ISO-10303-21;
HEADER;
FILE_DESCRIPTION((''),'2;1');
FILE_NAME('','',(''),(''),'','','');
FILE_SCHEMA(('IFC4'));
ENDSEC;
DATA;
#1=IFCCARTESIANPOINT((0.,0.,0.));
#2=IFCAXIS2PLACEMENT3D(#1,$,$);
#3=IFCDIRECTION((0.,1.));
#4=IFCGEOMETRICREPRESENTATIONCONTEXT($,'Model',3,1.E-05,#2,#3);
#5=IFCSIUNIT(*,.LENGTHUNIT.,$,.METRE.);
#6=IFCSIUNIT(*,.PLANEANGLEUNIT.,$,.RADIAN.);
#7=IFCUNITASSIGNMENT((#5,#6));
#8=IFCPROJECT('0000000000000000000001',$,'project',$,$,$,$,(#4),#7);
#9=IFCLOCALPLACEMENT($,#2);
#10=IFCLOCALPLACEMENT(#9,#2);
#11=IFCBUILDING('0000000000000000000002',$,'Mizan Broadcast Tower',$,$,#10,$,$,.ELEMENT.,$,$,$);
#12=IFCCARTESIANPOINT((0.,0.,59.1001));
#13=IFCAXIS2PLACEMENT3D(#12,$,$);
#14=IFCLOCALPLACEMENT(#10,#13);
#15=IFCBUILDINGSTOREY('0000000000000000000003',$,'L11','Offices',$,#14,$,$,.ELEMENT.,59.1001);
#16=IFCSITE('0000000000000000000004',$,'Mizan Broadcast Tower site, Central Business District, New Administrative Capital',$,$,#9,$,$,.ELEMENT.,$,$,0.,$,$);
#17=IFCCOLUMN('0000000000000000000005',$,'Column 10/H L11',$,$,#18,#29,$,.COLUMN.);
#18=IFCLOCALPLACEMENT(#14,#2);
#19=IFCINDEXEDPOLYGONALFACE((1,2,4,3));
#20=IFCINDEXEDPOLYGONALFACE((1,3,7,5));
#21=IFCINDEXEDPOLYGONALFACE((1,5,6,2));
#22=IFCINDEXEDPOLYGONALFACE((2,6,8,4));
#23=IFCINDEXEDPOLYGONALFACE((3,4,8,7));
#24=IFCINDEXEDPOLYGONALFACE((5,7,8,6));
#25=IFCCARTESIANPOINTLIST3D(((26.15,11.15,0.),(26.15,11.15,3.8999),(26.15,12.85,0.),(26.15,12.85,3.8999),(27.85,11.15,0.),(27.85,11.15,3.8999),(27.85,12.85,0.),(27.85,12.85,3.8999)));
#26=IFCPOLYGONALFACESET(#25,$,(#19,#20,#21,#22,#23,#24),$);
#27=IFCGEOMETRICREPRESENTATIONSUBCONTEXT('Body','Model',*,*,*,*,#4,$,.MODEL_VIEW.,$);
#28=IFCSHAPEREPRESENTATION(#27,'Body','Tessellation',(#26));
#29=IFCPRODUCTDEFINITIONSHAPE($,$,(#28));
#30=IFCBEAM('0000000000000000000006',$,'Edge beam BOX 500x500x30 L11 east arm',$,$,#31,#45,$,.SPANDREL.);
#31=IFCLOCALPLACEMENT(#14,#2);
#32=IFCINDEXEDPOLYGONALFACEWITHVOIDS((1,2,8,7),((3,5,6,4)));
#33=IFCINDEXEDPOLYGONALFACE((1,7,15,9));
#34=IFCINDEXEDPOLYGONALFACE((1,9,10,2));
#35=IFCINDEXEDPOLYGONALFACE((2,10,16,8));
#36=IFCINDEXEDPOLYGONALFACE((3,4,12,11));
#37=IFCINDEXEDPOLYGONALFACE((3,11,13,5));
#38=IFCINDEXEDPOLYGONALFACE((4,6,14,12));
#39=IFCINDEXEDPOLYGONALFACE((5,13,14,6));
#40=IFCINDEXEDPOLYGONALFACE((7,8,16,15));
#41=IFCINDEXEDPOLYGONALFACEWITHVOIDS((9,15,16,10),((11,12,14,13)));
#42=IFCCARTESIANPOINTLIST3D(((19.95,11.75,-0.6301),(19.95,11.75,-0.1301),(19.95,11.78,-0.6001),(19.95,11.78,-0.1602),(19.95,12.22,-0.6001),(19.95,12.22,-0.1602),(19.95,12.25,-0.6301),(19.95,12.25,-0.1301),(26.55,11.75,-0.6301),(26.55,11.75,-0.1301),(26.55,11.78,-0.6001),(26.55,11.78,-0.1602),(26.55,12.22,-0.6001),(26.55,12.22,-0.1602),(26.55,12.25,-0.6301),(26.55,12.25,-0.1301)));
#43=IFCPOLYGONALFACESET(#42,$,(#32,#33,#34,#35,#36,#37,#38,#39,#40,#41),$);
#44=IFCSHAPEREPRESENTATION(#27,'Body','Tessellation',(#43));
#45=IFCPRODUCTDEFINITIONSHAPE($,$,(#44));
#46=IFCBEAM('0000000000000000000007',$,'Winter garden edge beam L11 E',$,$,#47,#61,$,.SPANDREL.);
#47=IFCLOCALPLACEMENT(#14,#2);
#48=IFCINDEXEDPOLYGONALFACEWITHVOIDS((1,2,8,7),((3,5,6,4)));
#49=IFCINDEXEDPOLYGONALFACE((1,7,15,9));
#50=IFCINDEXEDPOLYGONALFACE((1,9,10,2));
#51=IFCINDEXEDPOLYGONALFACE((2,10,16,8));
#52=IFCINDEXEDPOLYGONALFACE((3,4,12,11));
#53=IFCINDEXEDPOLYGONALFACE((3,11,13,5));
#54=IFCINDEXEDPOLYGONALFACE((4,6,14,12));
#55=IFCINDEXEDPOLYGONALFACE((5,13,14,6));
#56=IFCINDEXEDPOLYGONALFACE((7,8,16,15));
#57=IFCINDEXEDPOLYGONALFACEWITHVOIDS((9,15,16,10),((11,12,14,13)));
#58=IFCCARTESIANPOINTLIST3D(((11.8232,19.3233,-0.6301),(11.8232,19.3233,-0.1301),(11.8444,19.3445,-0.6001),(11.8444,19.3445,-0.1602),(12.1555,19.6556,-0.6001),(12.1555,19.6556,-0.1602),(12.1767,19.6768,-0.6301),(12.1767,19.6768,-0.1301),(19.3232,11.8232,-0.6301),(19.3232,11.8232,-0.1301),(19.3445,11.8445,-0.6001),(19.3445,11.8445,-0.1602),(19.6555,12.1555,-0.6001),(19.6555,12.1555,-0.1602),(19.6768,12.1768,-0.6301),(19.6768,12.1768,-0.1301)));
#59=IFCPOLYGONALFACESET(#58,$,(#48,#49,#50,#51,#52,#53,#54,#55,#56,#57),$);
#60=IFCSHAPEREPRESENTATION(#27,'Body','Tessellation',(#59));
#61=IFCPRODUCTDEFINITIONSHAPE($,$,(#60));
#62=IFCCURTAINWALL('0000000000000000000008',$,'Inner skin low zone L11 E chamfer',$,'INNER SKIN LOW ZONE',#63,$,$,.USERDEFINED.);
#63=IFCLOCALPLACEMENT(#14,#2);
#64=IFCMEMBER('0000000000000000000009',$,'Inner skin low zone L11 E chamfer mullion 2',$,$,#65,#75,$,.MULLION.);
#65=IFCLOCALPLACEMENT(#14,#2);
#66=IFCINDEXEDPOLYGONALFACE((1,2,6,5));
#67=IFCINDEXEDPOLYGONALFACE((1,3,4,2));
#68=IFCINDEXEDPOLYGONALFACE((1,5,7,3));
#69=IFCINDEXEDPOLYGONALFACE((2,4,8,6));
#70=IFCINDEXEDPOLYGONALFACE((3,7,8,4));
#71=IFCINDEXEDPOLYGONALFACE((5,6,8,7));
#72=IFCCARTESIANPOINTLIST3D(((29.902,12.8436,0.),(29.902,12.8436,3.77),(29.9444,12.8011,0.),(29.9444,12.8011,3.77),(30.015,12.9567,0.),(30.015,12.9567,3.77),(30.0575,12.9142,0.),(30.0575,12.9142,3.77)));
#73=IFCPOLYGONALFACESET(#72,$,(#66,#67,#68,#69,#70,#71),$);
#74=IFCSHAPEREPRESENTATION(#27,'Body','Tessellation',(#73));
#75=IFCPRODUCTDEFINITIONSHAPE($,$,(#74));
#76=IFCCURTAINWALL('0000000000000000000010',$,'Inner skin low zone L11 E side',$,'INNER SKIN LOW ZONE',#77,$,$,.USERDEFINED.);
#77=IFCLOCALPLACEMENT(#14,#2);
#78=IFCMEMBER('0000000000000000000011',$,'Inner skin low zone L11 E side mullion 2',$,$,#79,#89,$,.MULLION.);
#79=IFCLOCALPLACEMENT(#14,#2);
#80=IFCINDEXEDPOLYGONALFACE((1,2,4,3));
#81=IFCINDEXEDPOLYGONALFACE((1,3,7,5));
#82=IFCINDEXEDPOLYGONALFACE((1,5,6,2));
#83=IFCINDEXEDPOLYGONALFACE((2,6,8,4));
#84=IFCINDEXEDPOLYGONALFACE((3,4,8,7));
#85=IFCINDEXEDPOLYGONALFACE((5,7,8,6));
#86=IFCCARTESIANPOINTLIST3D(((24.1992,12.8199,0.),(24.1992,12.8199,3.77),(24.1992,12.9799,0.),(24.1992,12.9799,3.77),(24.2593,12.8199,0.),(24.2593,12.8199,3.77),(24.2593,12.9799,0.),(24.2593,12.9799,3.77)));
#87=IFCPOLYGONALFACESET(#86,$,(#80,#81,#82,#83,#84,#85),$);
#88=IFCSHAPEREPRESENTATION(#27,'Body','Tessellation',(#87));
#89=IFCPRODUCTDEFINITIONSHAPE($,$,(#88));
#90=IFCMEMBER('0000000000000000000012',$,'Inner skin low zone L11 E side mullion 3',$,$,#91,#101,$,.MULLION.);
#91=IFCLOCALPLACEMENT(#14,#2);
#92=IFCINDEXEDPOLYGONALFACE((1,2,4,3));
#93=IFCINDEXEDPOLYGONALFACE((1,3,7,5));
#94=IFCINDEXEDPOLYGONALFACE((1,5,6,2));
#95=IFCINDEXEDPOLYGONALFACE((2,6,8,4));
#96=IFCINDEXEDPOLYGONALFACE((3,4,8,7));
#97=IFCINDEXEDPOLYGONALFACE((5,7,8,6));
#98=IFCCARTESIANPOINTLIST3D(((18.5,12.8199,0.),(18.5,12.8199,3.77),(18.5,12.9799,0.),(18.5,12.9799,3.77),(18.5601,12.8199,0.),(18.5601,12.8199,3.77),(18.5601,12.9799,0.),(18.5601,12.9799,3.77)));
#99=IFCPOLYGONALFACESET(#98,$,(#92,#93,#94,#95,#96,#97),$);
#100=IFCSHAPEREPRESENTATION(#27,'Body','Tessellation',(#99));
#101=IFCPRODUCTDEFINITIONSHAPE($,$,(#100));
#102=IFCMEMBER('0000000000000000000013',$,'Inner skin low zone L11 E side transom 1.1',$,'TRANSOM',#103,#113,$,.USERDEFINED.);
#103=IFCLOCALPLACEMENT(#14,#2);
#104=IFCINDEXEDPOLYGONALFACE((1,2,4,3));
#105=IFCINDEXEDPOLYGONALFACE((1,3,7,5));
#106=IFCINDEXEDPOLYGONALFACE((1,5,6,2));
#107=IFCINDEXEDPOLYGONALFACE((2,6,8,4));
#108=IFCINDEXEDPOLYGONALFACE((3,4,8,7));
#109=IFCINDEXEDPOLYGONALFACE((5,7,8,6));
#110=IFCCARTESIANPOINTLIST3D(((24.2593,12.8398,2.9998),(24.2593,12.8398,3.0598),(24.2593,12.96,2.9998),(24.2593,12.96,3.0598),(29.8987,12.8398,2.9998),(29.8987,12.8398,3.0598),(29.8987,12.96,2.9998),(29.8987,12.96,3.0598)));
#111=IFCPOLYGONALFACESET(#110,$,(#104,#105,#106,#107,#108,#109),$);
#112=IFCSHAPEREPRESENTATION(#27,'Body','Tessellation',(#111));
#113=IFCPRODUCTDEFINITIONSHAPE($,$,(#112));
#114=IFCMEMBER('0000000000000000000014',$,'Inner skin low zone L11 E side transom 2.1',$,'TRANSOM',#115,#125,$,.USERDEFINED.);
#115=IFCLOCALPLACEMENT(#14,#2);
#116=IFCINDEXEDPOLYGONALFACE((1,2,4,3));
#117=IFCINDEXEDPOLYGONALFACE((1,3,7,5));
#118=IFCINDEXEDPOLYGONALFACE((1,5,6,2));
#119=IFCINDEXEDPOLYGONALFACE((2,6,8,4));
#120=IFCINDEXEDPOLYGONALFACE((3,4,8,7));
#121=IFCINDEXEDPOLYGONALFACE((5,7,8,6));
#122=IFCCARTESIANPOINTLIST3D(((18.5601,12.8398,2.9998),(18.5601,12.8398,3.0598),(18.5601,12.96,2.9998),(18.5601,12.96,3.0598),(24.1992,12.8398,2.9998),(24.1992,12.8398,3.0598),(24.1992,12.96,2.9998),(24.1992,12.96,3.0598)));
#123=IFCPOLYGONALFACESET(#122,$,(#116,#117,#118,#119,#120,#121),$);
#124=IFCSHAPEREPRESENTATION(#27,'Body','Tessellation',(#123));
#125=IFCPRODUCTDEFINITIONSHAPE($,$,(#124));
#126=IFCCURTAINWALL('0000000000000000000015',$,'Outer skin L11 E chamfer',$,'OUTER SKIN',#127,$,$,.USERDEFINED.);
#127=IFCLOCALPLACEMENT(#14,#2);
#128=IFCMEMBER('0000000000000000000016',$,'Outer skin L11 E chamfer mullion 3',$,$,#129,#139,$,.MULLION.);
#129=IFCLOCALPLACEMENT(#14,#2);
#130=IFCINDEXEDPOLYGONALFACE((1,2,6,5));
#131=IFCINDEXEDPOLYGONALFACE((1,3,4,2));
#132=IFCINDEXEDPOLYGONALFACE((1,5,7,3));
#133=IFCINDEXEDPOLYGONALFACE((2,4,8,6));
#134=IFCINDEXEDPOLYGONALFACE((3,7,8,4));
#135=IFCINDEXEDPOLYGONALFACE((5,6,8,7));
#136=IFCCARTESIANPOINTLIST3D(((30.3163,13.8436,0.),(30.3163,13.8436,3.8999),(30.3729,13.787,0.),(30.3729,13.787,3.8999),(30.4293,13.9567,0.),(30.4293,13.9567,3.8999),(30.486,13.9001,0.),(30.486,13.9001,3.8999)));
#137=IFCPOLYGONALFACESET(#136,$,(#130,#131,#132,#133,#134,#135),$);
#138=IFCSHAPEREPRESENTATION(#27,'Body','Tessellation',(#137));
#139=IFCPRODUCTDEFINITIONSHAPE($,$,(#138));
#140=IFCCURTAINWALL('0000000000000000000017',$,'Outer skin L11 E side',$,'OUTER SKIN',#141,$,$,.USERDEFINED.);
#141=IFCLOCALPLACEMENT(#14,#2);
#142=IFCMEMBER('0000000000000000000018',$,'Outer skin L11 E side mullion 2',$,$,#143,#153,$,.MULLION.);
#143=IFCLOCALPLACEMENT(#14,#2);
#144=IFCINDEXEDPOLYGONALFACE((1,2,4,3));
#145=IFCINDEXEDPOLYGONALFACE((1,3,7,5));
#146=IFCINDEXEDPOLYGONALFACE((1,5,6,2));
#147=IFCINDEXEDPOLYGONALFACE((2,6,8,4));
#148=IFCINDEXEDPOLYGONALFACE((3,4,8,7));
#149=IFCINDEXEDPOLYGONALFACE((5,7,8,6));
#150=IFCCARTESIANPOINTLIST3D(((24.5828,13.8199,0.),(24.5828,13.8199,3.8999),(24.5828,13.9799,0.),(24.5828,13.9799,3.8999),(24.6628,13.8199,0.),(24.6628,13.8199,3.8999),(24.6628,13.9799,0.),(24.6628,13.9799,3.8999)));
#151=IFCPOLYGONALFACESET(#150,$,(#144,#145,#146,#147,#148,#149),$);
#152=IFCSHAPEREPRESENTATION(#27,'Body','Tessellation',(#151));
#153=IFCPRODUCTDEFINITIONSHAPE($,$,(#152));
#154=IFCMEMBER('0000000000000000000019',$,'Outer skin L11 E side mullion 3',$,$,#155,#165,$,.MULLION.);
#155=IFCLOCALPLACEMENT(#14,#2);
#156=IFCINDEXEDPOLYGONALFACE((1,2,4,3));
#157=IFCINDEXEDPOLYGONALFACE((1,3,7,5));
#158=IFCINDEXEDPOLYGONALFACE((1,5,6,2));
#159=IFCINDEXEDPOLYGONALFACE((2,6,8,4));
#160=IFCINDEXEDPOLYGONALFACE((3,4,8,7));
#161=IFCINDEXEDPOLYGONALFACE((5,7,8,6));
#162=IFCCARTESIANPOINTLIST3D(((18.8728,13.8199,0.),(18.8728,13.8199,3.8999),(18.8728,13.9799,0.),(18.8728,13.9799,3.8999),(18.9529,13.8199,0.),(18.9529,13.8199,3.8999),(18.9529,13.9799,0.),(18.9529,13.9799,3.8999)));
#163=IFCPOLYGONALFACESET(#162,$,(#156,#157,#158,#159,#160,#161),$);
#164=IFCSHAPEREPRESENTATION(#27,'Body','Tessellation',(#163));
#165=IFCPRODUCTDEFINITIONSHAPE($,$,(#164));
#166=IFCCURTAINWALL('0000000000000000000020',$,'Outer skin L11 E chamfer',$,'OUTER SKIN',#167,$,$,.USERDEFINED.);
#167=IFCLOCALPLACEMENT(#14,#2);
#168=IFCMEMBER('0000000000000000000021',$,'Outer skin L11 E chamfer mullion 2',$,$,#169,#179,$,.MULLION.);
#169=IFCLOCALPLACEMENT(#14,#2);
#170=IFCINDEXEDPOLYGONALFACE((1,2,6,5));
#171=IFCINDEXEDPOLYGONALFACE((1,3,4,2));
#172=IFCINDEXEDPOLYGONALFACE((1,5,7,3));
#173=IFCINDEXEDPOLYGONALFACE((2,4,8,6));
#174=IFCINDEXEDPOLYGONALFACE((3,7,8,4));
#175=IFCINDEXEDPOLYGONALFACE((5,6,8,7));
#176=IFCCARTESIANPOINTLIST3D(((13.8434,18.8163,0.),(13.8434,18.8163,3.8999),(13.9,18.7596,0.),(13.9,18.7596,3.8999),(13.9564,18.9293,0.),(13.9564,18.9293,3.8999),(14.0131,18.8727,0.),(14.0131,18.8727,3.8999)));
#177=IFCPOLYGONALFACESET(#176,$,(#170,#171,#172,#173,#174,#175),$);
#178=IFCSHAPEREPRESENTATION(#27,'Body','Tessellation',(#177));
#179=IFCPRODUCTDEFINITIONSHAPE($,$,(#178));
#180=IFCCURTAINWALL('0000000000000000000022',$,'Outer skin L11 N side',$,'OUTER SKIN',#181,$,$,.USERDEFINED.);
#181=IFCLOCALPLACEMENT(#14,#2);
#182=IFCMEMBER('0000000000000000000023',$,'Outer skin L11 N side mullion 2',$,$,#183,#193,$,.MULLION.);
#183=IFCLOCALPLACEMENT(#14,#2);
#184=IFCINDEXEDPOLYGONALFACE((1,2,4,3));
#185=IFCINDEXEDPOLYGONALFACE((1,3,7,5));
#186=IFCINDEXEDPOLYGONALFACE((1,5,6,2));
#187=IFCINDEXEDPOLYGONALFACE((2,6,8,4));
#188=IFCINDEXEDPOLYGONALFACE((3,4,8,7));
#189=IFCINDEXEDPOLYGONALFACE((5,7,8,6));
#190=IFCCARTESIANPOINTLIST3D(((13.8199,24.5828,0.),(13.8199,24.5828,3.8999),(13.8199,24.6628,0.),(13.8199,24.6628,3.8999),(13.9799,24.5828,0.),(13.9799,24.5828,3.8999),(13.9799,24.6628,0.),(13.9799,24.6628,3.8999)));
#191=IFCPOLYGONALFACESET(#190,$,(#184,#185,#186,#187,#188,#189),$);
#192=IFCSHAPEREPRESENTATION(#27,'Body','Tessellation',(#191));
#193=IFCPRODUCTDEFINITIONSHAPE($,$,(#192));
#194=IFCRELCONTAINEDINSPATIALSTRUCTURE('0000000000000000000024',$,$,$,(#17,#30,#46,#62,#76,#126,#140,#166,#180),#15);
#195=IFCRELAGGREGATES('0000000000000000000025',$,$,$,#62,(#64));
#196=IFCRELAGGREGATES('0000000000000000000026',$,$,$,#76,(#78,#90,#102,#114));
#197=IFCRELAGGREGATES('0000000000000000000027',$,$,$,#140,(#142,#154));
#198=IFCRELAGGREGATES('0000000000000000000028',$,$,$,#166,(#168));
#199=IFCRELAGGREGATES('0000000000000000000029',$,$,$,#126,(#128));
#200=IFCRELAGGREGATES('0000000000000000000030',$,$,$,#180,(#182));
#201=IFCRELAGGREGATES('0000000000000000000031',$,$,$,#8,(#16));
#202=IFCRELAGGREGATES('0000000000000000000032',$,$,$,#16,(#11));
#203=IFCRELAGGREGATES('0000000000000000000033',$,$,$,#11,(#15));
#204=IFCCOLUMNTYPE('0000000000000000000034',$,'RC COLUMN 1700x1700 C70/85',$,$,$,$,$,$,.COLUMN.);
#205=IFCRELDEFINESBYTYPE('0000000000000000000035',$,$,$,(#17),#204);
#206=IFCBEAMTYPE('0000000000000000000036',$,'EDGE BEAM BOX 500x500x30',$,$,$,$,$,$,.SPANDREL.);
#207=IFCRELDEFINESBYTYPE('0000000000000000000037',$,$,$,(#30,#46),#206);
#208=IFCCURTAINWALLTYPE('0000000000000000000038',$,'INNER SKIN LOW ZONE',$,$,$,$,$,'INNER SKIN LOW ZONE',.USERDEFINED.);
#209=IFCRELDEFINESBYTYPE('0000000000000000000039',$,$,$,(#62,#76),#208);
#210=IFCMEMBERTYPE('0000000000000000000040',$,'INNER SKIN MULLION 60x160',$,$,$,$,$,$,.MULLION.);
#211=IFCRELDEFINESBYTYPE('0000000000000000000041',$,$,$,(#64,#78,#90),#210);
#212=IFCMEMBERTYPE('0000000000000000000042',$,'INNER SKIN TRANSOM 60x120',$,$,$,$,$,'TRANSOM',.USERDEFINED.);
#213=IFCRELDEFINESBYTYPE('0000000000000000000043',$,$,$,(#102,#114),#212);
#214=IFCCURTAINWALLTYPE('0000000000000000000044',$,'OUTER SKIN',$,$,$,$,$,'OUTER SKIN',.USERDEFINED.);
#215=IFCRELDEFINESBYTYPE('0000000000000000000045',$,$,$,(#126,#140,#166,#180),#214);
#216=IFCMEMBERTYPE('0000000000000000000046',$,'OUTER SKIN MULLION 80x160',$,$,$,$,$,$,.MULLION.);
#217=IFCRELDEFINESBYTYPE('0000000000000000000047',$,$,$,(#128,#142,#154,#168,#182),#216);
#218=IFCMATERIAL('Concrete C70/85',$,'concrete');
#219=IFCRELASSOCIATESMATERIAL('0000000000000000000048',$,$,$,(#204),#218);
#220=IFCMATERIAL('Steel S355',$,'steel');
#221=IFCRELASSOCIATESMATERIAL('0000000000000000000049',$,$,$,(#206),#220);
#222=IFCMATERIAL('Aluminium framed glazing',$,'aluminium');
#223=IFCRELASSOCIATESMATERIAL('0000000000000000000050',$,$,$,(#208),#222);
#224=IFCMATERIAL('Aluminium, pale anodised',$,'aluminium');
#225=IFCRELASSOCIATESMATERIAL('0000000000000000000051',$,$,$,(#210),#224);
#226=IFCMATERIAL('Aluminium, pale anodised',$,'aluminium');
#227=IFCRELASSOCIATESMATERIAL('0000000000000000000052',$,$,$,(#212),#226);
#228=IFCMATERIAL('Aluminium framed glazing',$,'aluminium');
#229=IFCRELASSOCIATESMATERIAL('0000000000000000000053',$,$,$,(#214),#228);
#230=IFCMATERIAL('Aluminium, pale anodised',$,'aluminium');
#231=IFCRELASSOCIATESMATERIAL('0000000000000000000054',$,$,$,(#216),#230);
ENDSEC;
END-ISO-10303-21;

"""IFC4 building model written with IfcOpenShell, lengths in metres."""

from ifc_helpers import new_model, si_unit, direction, frame, origin, origin_2d, place, context, subcontext, project, spatial, rectangle, hollow_rectangle, extrude, material, material_profile, profile_set, type_object, element, aggregate, save


model = new_model("IFC4")

# Units and contexts
model_context = context("Model", 3, precision=1e-05, world=origin(), true_north=direction((0.0, 1.0)))
body_context = subcontext(model_context, "Body", "Model", "MODEL_VIEW")
ifc_project = project(units=[si_unit("LENGTHUNIT", "METRE"), si_unit("PLANEANGLEUNIT", "RADIAN")], contexts=[model_context])

# Site, building, storey
site_placement = place(None, origin())
site = spatial("IfcSite", under=ifc_project, at=site_placement, Name="Mizan Broadcast Tower site, Central Business District, New Administrative Capital", CompositionType="ELEMENT", RefElevation=0.0)
building_placement = place(site_placement, origin())
building = spatial("IfcBuilding", under=site, at=building_placement, Name="Mizan Broadcast Tower", CompositionType="ELEMENT")
storey_placement = place(building_placement, frame((0.0, 0.0, 59.1001)))
storey = spatial("IfcBuildingStorey", under=building, at=storey_placement, Name="L11", Description="Offices", CompositionType="ELEMENT", Elevation=59.1001)

# Column
ifc_material_1 = material(Name="Concrete C70/85", Category="concrete")
ifc_material_profile_1 = material_profile(ifc_material_1, rectangle(XDim=1.7, YDim=1.7, at=origin_2d()), Name="RC 1700x1700")
ifc_profile_set_1 = profile_set([ifc_material_profile_1], Name="Concrete C70/85")
column_type = type_object("IfcColumnType", Name="RC COLUMN 1700x1700 C70/85", PredefinedType="COLUMN", material=ifc_profile_set_1)
column_placement = place(storey_placement, frame((27.0, 12.0, 0.0), z_axis=(0.0, 0.0, 1.0), x_axis=(1.0, 0.0, 0.0)))
element("IfcColumn", 1, at=column_placement, inside=storey, type_object=column_type, Name="Column 10/H L11", PredefinedType="COLUMN", context=body_context, shape_type="SweptSolid", body=[
    extrude(rectangle(XDim=1.7, YDim=1.7, at=origin_2d()), origin(), (0.0, 0.0, 1.0), 3.8999),
])

# Beams
ifc_material_2 = material(Name="Steel S355", Category="steel")
ifc_material_profile_2 = material_profile(ifc_material_2, hollow_rectangle(XDim=0.5, YDim=0.5, WallThickness=0.03, at=origin_2d()), Name="BOX 500x500x30")
ifc_profile_set_2 = profile_set([ifc_material_profile_2], Name="Steel S355")
beam_type_1 = type_object("IfcBeamType", Name="EDGE BEAM BOX 500x500x30", PredefinedType="SPANDREL", material=ifc_profile_set_2)
beam_1_placement = place(storey_placement, frame((19.95, 12.0, -0.3801), z_axis=(1.0, 0.0, 0.0), x_axis=(0.0, 1.0, 0.0)))
element("IfcBeam", 2, at=beam_1_placement, inside=storey, type_object=beam_type_1, Name="Edge beam BOX 500x500x30 L11 east arm", PredefinedType="SPANDREL", context=body_context, shape_type="SweptSolid", body=[
    extrude(hollow_rectangle(XDim=0.5, YDim=0.5, WallThickness=0.03, at=origin_2d()), origin(), (0.0, 0.0, 1.0), 6.6001),
])
beam_2_placement = place(storey_placement, frame((19.5, 12.0, -0.3801), z_axis=(-0.707107, 0.707107, 0.0), x_axis=(-0.707107, -0.707107, 0.0)))
element("IfcBeam", 3, at=beam_2_placement, inside=storey, type_object=beam_type_1, Name="Winter garden edge beam L11 E", PredefinedType="SPANDREL", context=body_context, shape_type="SweptSolid", body=[
    extrude(hollow_rectangle(XDim=0.5, YDim=0.5, WallThickness=0.03, at=origin_2d()), origin(), (0.0, 0.0, 1.0), 10.6067),
])

# Curtain wall, member
ifc_material_3 = material(Name="Aluminium framed glazing", Category="aluminium")
curtain_wall_type_1 = type_object("IfcCurtainWallType", Name="INNER SKIN LOW ZONE", ElementType="INNER SKIN LOW ZONE", PredefinedType="USERDEFINED", material=ifc_material_3)
curtain_wall_1_placement = place(storey_placement, origin())
curtain_wall_1 = element("IfcCurtainWall", 4, at=curtain_wall_1_placement, inside=storey, type_object=curtain_wall_type_1, Name="Inner skin low zone L11 E chamfer", ObjectType="INNER SKIN LOW ZONE", PredefinedType="USERDEFINED")
ifc_material_4 = material(Name="Aluminium, pale anodised", Category="aluminium")
ifc_material_profile_3 = material_profile(ifc_material_4, rectangle(XDim=0.1599, YDim=0.0601, at=origin_2d()), Name="MULLION 160x60")
ifc_profile_set_3 = profile_set([ifc_material_profile_3], Name="Aluminium, pale anodised")
member_type_1 = type_object("IfcMemberType", Name="INNER SKIN MULLION 60x160", PredefinedType="MULLION", material=ifc_profile_set_3)
member_1_placement = place(storey_placement, frame((29.9797, 12.8789, 0.0), z_axis=(0.0, 0.0, 1.0), x_axis=(-0.707107, -0.707107, 0.0)))
member_1 = element("IfcMember", 5, at=member_1_placement, type_object=member_type_1, Name="Inner skin low zone L11 E chamfer mullion 2", PredefinedType="MULLION", context=body_context, shape_type="SweptSolid", body=[
    extrude(rectangle(XDim=0.1599, YDim=0.0601, at=origin_2d()), origin(), (0.0, 0.0, 1.0), 3.77),
])
aggregate(curtain_wall_1, [member_1])

# Curtain wall, members
curtain_wall_2_placement = place(storey_placement, origin())
curtain_wall_2 = element("IfcCurtainWall", 6, at=curtain_wall_2_placement, inside=storey, type_object=curtain_wall_type_1, Name="Inner skin low zone L11 E side", ObjectType="INNER SKIN LOW ZONE", PredefinedType="USERDEFINED")
member_2_placement = place(storey_placement, frame((24.2292, 12.8999, 0.0), z_axis=(0.0, 0.0, 1.0), x_axis=(0.0, -1.0, 0.0)))
member_2 = element("IfcMember", 7, at=member_2_placement, type_object=member_type_1, Name="Inner skin low zone L11 E side mullion 2", PredefinedType="MULLION", context=body_context, shape_type="SweptSolid", body=[
    extrude(rectangle(XDim=0.1599, YDim=0.0601, at=origin_2d()), origin(), (0.0, 0.0, 1.0), 3.77),
])
member_3_placement = place(storey_placement, frame((18.53, 12.8999, 0.0), z_axis=(0.0, 0.0, 1.0), x_axis=(0.0, -1.0, 0.0)))
member_3 = element("IfcMember", 8, at=member_3_placement, type_object=member_type_1, Name="Inner skin low zone L11 E side mullion 3", PredefinedType="MULLION", context=body_context, shape_type="SweptSolid", body=[
    extrude(rectangle(XDim=0.1599, YDim=0.0601, at=origin_2d()), origin(), (0.0, 0.0, 1.0), 3.77),
])
ifc_material_5 = material(Name="Aluminium, pale anodised", Category="aluminium")
ifc_material_profile_4 = material_profile(ifc_material_5, rectangle(XDim=0.1201, YDim=0.0601, at=origin_2d()), Name="TRANSOM 120x60")
ifc_profile_set_4 = profile_set([ifc_material_profile_4], Name="Aluminium, pale anodised")
member_type_2 = type_object("IfcMemberType", Name="INNER SKIN TRANSOM 60x120", ElementType="TRANSOM", PredefinedType="USERDEFINED", material=ifc_profile_set_4)
member_4_placement = place(storey_placement, frame((29.8987, 12.8999, 3.0298), z_axis=(-1.0, 0.0, 0.0), x_axis=(0.0, -1.0, 0.0)))
member_4 = element("IfcMember", 9, at=member_4_placement, type_object=member_type_2, Name="Inner skin low zone L11 E side transom 1.1", ObjectType="TRANSOM", PredefinedType="USERDEFINED", context=body_context, shape_type="SweptSolid", body=[
    extrude(rectangle(XDim=0.1201, YDim=0.0601, at=origin_2d()), origin(), (0.0, 0.0, 1.0), 5.6394),
])
member_5_placement = place(storey_placement, frame((24.1992, 12.8999, 3.0298), z_axis=(-1.0, 0.0, 0.0), x_axis=(0.0, -1.0, 0.0)))
member_5 = element("IfcMember", 10, at=member_5_placement, type_object=member_type_2, Name="Inner skin low zone L11 E side transom 2.1", ObjectType="TRANSOM", PredefinedType="USERDEFINED", context=body_context, shape_type="SweptSolid", body=[
    extrude(rectangle(XDim=0.1201, YDim=0.0601, at=origin_2d()), origin(), (0.0, 0.0, 1.0), 5.6392),
])

# Curtain wall, member
ifc_material_6 = material(Name="Aluminium framed glazing", Category="aluminium")
curtain_wall_type_2 = type_object("IfcCurtainWallType", Name="OUTER SKIN", ElementType="OUTER SKIN", PredefinedType="USERDEFINED", material=ifc_material_6)
curtain_wall_3_placement = place(storey_placement, origin())
curtain_wall_3 = element("IfcCurtainWall", 11, at=curtain_wall_3_placement, inside=storey, type_object=curtain_wall_type_2, Name="Outer skin L11 E chamfer", ObjectType="OUTER SKIN", PredefinedType="USERDEFINED")
ifc_material_7 = material(Name="Aluminium, pale anodised", Category="aluminium")
ifc_material_profile_5 = material_profile(ifc_material_7, rectangle(XDim=0.1599, YDim=0.0801, at=origin_2d()), Name="MULLION 160x80")
ifc_profile_set_5 = profile_set([ifc_material_profile_5], Name="Aluminium, pale anodised")
member_type_3 = type_object("IfcMemberType", Name="OUTER SKIN MULLION 80x160", PredefinedType="MULLION", material=ifc_profile_set_5)
member_6_placement = place(storey_placement, frame((30.4011, 13.8718, 0.0), z_axis=(0.0, 0.0, 1.0), x_axis=(-0.707107, -0.707107, 0.0)))
member_6 = element("IfcMember", 12, at=member_6_placement, type_object=member_type_3, Name="Outer skin L11 E chamfer mullion 3", PredefinedType="MULLION", context=body_context, shape_type="SweptSolid", body=[
    extrude(rectangle(XDim=0.1599, YDim=0.0801, at=origin_2d()), origin(), (0.0, 0.0, 1.0), 3.8999),
])

# Curtain wall, members
curtain_wall_4_placement = place(storey_placement, origin())
curtain_wall_4 = element("IfcCurtainWall", 13, at=curtain_wall_4_placement, inside=storey, type_object=curtain_wall_type_2, Name="Outer skin L11 E side", ObjectType="OUTER SKIN", PredefinedType="USERDEFINED")
member_7_placement = place(storey_placement, frame((24.6228, 13.8999, 0.0), z_axis=(0.0, 0.0, 1.0), x_axis=(0.0, -1.0, 0.0)))
member_7 = element("IfcMember", 14, at=member_7_placement, type_object=member_type_3, Name="Outer skin L11 E side mullion 2", PredefinedType="MULLION", context=body_context, shape_type="SweptSolid", body=[
    extrude(rectangle(XDim=0.1599, YDim=0.0801, at=origin_2d()), origin(), (0.0, 0.0, 1.0), 3.8999),
])
member_8_placement = place(storey_placement, frame((18.9128, 13.8999, 0.0), z_axis=(0.0, 0.0, 1.0), x_axis=(0.0, -1.0, 0.0)))
member_8 = element("IfcMember", 15, at=member_8_placement, type_object=member_type_3, Name="Outer skin L11 E side mullion 3", PredefinedType="MULLION", context=body_context, shape_type="SweptSolid", body=[
    extrude(rectangle(XDim=0.1599, YDim=0.0801, at=origin_2d()), origin(), (0.0, 0.0, 1.0), 3.8999),
])

# Curtain wall, member
curtain_wall_5_placement = place(storey_placement, origin())
curtain_wall_5 = element("IfcCurtainWall", 16, at=curtain_wall_5_placement, inside=storey, type_object=curtain_wall_type_2, Name="Outer skin L11 E chamfer", ObjectType="OUTER SKIN", PredefinedType="USERDEFINED")
member_9_placement = place(storey_placement, frame((13.9282, 18.8445, 0.0), z_axis=(0.0, 0.0, 1.0), x_axis=(-0.707107, -0.707107, 0.0)))
member_9 = element("IfcMember", 17, at=member_9_placement, type_object=member_type_3, Name="Outer skin L11 E chamfer mullion 2", PredefinedType="MULLION", context=body_context, shape_type="SweptSolid", body=[
    extrude(rectangle(XDim=0.1599, YDim=0.0801, at=origin_2d()), origin(), (0.0, 0.0, 1.0), 3.8999),
])

# Curtain wall, member
curtain_wall_6_placement = place(storey_placement, origin())
curtain_wall_6 = element("IfcCurtainWall", 18, at=curtain_wall_6_placement, inside=storey, type_object=curtain_wall_type_2, Name="Outer skin L11 N side", ObjectType="OUTER SKIN", PredefinedType="USERDEFINED")
member_10_placement = place(storey_placement, frame((13.8999, 24.6228, 0.0), z_axis=(0.0, 0.0, 1.0), x_axis=(-1.0, 0.0, 0.0)))
member_10 = element("IfcMember", 19, at=member_10_placement, type_object=member_type_3, Name="Outer skin L11 N side mullion 2", PredefinedType="MULLION", context=body_context, shape_type="SweptSolid", body=[
    extrude(rectangle(XDim=0.1599, YDim=0.0801, at=origin_2d()), origin(), (0.0, 0.0, 1.0), 3.8999),
])

aggregate(curtain_wall_2, [member_2, member_3, member_4, member_5])
aggregate(curtain_wall_4, [member_7, member_8])
aggregate(curtain_wall_5, [member_9])
aggregate(curtain_wall_3, [member_6])
aggregate(curtain_wall_6, [member_10])

save(model, "model.ifc")
